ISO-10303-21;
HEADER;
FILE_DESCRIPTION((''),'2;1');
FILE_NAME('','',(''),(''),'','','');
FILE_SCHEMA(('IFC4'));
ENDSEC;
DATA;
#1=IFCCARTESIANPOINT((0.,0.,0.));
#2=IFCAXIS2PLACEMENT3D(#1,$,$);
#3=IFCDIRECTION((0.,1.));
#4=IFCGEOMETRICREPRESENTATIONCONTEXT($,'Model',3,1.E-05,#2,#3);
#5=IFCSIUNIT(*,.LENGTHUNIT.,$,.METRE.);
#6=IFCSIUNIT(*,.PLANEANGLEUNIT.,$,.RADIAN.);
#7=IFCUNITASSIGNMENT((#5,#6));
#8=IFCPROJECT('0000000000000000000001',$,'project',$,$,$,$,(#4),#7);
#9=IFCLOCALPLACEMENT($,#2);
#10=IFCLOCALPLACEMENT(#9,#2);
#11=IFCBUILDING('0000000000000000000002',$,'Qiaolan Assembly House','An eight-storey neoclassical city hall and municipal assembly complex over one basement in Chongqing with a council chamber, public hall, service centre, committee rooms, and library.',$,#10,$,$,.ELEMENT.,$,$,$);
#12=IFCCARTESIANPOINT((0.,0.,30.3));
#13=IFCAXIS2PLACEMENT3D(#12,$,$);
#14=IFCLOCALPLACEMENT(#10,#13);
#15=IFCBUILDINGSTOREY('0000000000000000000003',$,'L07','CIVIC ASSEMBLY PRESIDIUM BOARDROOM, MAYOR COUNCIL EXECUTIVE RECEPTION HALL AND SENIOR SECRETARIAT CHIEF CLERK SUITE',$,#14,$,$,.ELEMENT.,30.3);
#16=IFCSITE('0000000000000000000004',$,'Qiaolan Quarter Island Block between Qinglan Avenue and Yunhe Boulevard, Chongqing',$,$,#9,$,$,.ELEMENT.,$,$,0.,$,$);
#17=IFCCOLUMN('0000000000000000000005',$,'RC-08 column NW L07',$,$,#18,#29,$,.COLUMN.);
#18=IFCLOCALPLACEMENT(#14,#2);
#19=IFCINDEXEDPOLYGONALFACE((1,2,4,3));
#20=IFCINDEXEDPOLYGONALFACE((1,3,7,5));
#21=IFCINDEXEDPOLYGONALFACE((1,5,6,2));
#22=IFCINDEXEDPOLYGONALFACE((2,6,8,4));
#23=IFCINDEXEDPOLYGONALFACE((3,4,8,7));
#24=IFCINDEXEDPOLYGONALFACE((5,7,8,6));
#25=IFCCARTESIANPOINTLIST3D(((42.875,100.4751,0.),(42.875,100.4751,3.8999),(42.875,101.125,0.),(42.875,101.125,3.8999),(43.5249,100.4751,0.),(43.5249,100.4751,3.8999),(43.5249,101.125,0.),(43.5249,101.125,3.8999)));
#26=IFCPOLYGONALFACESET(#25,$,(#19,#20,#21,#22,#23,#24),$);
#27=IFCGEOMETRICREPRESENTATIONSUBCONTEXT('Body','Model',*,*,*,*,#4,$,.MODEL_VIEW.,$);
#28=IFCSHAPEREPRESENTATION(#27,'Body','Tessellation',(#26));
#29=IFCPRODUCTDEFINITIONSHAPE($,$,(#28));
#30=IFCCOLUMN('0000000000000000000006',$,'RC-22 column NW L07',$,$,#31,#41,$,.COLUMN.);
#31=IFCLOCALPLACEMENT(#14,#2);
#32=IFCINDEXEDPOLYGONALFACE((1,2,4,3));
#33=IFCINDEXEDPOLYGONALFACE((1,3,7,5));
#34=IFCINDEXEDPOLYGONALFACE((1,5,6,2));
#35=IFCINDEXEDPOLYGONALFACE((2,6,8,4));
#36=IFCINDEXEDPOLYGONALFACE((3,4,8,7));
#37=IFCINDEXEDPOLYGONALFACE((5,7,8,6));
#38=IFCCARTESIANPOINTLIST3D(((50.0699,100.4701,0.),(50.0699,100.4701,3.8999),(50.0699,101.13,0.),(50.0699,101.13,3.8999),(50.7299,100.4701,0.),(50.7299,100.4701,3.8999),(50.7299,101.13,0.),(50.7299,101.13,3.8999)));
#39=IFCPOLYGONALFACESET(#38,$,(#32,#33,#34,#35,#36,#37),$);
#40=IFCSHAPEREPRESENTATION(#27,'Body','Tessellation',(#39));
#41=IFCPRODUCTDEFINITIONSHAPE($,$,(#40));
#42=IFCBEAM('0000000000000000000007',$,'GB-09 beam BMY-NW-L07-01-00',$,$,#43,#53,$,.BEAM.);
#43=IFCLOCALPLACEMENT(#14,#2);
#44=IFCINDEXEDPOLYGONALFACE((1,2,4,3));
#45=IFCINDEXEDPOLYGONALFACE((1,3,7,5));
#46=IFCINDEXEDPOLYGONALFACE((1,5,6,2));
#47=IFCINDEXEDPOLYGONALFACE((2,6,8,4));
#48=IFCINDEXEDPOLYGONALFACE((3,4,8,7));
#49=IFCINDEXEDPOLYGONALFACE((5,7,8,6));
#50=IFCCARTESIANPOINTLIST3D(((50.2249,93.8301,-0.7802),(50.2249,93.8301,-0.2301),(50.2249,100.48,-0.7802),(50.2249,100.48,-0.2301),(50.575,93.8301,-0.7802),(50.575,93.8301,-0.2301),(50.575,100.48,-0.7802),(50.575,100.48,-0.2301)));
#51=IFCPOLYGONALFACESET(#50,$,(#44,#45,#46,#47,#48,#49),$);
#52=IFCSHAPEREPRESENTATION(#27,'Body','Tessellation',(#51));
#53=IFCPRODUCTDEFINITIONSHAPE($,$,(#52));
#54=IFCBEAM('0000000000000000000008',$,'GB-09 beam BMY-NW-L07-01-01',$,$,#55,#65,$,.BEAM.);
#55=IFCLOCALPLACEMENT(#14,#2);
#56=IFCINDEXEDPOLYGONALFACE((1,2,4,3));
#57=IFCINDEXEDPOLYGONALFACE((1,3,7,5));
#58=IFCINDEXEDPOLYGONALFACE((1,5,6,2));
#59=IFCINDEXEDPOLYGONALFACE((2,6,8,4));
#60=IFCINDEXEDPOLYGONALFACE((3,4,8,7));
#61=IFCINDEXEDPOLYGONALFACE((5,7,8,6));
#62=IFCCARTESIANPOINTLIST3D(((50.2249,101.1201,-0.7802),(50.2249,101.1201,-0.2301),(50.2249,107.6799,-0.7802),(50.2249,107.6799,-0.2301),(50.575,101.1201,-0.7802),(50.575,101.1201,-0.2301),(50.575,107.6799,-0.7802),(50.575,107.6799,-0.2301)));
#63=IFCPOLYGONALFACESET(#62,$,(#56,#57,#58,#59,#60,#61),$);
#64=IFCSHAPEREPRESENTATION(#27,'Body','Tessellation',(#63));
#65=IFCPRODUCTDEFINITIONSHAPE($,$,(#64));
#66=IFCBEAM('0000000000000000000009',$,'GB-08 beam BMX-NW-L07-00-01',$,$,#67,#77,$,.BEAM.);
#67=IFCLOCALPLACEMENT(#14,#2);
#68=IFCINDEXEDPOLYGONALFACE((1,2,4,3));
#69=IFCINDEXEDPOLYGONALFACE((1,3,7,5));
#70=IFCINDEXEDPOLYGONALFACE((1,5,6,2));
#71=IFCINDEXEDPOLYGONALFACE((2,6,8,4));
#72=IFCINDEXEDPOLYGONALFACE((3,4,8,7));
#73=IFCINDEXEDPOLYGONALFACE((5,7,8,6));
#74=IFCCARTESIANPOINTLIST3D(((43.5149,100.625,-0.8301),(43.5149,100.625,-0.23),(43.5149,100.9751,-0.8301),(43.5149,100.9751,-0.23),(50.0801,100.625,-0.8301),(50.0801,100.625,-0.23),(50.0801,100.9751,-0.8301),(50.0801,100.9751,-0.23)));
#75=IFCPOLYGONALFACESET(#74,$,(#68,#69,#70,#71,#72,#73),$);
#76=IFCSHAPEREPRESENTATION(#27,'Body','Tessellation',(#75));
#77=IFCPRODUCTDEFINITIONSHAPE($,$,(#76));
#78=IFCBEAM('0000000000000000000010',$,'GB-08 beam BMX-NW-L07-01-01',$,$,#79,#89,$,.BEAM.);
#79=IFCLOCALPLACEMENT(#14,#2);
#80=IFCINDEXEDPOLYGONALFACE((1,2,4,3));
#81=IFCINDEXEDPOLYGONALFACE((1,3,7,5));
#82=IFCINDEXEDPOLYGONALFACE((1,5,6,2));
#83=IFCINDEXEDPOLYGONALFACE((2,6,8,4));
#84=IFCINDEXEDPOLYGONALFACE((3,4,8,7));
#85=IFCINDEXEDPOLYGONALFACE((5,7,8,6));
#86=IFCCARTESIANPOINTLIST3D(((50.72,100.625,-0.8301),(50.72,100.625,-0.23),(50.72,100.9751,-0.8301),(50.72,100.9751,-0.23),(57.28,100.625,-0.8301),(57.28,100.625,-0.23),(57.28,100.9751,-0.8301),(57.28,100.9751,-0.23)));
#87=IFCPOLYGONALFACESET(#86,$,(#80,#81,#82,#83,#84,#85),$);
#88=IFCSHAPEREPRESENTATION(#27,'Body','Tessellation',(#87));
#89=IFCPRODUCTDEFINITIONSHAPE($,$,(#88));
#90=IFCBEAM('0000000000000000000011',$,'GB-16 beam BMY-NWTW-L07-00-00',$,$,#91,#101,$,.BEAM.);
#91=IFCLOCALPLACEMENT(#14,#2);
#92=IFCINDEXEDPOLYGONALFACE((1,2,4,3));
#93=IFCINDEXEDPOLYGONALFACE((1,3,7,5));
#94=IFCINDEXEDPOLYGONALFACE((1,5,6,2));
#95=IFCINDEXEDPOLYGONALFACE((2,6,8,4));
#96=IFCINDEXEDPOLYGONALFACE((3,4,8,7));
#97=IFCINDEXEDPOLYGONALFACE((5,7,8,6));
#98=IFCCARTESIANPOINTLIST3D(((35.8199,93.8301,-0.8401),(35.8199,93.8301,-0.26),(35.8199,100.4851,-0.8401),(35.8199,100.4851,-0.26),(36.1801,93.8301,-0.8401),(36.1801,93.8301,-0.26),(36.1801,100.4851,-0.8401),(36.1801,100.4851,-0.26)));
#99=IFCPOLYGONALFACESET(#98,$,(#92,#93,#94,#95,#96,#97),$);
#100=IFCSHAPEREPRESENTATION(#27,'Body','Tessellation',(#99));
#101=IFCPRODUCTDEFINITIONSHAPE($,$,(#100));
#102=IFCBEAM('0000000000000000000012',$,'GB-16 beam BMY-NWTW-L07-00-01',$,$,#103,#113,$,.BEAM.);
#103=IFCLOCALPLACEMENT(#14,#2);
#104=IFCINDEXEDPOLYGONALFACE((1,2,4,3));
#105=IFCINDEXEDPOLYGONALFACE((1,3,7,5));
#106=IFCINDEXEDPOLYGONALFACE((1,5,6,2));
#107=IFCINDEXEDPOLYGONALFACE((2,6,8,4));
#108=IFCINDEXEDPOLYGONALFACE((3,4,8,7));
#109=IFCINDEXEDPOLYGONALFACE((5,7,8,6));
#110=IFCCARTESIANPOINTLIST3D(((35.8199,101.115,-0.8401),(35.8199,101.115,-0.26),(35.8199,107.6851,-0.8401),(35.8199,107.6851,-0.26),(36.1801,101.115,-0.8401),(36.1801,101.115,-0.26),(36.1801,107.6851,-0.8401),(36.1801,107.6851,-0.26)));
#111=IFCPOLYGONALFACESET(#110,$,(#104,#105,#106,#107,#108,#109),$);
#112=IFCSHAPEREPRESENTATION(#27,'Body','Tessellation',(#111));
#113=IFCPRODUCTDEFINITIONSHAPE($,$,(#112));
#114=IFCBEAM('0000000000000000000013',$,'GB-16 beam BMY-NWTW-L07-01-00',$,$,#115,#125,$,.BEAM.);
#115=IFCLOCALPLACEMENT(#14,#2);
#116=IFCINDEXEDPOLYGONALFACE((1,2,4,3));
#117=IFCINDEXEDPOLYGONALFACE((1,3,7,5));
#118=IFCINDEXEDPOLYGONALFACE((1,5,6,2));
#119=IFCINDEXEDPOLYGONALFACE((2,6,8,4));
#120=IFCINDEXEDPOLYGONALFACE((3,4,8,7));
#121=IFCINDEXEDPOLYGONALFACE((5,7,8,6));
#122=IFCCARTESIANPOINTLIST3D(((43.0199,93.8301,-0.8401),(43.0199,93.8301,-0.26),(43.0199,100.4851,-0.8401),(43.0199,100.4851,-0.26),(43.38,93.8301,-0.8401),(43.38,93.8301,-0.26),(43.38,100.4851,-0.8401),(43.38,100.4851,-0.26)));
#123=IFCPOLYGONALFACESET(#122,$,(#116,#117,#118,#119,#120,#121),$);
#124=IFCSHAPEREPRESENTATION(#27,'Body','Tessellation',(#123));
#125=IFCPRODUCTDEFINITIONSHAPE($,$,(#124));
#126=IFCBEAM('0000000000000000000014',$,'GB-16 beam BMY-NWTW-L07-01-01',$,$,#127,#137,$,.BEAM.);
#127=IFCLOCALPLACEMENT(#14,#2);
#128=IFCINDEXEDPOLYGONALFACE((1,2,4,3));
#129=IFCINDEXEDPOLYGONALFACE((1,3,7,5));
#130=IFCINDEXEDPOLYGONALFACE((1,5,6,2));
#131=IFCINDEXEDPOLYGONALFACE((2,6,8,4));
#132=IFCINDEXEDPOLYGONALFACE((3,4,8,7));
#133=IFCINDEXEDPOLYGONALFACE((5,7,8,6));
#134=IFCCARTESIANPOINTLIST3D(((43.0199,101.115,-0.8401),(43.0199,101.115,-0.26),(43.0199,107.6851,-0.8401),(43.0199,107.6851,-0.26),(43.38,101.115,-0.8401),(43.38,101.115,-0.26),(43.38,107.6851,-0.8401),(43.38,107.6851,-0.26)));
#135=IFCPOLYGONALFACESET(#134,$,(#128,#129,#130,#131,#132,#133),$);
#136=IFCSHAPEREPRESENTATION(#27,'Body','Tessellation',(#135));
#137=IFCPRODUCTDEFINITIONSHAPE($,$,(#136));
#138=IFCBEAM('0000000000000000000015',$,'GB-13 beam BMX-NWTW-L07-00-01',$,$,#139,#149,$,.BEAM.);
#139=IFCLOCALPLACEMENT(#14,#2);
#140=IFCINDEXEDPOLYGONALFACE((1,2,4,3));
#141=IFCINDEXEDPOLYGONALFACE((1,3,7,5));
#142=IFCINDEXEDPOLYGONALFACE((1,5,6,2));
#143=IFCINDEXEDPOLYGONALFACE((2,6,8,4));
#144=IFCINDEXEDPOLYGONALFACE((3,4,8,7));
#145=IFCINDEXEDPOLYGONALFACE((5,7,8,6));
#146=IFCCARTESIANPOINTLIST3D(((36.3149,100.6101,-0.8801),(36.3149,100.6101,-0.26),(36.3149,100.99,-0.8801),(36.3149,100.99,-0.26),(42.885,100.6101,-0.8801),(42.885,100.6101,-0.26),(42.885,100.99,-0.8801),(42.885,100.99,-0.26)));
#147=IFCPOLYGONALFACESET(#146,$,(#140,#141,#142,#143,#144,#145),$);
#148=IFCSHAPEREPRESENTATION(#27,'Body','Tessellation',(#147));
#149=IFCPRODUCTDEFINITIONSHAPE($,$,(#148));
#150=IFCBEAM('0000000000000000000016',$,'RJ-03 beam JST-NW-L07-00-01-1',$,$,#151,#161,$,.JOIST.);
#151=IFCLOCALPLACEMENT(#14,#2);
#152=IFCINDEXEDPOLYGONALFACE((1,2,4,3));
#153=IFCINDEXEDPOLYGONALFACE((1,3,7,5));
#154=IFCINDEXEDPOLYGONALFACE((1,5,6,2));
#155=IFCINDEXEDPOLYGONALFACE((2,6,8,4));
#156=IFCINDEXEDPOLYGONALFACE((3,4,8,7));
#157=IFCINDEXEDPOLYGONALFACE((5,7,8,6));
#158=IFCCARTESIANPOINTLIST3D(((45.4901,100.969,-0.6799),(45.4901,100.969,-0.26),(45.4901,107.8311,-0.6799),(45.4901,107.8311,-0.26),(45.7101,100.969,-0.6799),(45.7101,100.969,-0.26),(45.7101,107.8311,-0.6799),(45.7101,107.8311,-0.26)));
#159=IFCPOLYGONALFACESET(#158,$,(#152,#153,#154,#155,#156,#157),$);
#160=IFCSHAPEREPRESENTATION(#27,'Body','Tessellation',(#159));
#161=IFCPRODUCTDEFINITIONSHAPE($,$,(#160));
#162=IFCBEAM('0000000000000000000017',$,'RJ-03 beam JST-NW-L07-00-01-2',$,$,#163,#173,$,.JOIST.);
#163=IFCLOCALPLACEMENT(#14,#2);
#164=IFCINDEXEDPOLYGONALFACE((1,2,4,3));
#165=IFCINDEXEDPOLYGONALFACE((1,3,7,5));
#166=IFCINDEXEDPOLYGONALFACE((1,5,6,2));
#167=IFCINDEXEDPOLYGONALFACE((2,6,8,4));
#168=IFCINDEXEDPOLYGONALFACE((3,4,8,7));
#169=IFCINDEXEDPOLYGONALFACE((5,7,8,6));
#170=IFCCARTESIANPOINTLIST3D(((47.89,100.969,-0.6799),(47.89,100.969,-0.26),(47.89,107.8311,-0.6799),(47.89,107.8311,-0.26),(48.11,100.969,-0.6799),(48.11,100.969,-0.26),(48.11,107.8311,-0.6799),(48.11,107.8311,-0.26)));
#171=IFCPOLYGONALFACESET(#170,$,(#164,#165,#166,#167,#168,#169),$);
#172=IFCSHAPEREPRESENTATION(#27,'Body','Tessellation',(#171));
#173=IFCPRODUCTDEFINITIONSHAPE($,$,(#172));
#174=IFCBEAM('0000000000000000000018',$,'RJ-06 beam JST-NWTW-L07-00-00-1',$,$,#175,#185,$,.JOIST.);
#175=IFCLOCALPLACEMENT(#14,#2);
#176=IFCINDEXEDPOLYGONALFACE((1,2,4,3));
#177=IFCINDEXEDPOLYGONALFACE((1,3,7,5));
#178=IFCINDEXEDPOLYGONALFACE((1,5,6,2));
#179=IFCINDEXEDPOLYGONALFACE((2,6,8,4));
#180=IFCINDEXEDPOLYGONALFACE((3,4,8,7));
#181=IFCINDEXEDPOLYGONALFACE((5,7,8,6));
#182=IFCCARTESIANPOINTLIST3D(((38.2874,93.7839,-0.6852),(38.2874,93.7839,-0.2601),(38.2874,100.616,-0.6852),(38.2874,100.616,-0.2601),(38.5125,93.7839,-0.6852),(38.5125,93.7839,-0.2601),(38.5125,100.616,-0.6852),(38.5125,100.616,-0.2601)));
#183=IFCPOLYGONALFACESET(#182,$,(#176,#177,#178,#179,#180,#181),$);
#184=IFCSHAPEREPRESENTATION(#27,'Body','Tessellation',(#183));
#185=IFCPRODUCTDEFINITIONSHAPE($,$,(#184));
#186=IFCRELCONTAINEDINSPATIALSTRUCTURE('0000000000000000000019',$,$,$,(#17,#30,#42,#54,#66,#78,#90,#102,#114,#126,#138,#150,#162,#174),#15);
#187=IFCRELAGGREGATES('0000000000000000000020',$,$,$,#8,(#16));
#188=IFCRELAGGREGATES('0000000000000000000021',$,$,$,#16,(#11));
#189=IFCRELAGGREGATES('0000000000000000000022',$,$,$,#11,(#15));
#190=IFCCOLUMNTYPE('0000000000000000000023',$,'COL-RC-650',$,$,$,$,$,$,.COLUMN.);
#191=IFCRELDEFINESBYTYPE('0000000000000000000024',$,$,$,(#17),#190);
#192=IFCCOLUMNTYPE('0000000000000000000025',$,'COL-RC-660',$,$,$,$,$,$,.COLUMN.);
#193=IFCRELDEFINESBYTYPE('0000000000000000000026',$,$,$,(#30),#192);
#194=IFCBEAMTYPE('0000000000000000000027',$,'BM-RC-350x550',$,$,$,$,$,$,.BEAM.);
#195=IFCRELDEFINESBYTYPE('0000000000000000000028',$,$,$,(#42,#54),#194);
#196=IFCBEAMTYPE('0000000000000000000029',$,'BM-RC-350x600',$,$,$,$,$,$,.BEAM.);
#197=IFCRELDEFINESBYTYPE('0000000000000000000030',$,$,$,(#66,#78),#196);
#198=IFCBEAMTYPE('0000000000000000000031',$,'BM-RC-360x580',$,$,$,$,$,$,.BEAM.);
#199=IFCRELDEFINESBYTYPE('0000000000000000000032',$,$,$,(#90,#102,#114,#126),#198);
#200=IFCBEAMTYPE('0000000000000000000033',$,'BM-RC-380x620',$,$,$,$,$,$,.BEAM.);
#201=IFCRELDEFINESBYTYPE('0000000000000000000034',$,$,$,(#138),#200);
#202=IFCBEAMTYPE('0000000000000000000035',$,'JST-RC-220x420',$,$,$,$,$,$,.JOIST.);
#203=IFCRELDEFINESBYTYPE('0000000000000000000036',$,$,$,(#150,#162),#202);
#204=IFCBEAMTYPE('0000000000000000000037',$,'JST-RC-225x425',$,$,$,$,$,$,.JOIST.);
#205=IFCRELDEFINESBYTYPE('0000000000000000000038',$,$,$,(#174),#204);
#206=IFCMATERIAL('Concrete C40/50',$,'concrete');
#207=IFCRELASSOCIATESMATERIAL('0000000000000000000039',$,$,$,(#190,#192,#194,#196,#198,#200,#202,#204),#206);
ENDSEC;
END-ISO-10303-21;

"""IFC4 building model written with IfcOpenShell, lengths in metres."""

from ifc_helpers import new_model, si_unit, direction, frame, origin, origin_2d, place, context, subcontext, project, spatial, rectangle, extrude, material, material_profile, profile_set, type_object, element, save


model = new_model("IFC4")

# Units and contexts
model_context = context("Model", 3, precision=1e-05, world=origin(), true_north=direction((0.0, 1.0)))
body_context = subcontext(model_context, "Body", "Model", "MODEL_VIEW")
ifc_project = project(units=[si_unit("LENGTHUNIT", "METRE"), si_unit("PLANEANGLEUNIT", "RADIAN")], contexts=[model_context])

# Site, building, storey
site_placement = place(None, origin())
site = spatial("IfcSite", under=ifc_project, at=site_placement, Name="Qiaolan Quarter Island Block between Qinglan Avenue and Yunhe Boulevard, Chongqing", CompositionType="ELEMENT", RefElevation=0.0)
building_placement = place(site_placement, origin())
building = spatial("IfcBuilding", under=site, at=building_placement, Name="Qiaolan Assembly House", Description="An eight-storey neoclassical city hall and municipal assembly complex over one basement in Chongqing with a council chamber, public hall, service centre, committee rooms, and library.", CompositionType="ELEMENT")
storey_placement = place(building_placement, frame((0.0, 0.0, 30.3)))
storey = spatial("IfcBuildingStorey", under=building, at=storey_placement, Name="L07", Description="CIVIC ASSEMBLY PRESIDIUM BOARDROOM, MAYOR COUNCIL EXECUTIVE RECEPTION HALL AND SENIOR SECRETARIAT CHIEF CLERK SUITE", CompositionType="ELEMENT", Elevation=30.3)

# Columns
ifc_material_1 = material(Name="Concrete C40/50", Category="concrete")
ifc_material_profile_1 = material_profile(ifc_material_1, rectangle(XDim=0.6499, YDim=0.6499, at=origin_2d()), Name="RC 650x650")
ifc_profile_set_1 = profile_set([ifc_material_profile_1], Name="Concrete C40/50")
column_type_1 = type_object("IfcColumnType", Name="COL-RC-650", PredefinedType="COLUMN", material=ifc_profile_set_1)
column_1_placement = place(storey_placement, frame((43.2, 100.8, 0.0), z_axis=(0.0, 0.0, 1.0), x_axis=(1.0, 0.0, 0.0)))
element("IfcColumn", 1, at=column_1_placement, inside=storey, type_object=column_type_1, Name="RC-08 column NW L07", PredefinedType="COLUMN", context=body_context, shape_type="SweptSolid", body=[
    extrude(rectangle(XDim=0.6499, YDim=0.6499, at=origin_2d()), origin(), (0.0, 0.0, 1.0), 3.8999),
])
ifc_material_profile_2 = material_profile(ifc_material_1, rectangle(XDim=0.6599, YDim=0.6599, at=origin_2d()), Name="RC 660x660")
ifc_profile_set_2 = profile_set([ifc_material_profile_2], Name="Concrete C40/50")
column_type_2 = type_object("IfcColumnType", Name="COL-RC-660", PredefinedType="COLUMN", material=ifc_profile_set_2)
column_2_placement = place(storey_placement, frame((50.3999, 100.8, 0.0), z_axis=(0.0, 0.0, 1.0), x_axis=(1.0, 0.0, 0.0)))
element("IfcColumn", 2, at=column_2_placement, inside=storey, type_object=column_type_2, Name="RC-22 column NW L07", PredefinedType="COLUMN", context=body_context, shape_type="SweptSolid", body=[
    extrude(rectangle(XDim=0.6599, YDim=0.6599, at=origin_2d()), origin(), (0.0, 0.0, 1.0), 3.8999),
])

# Beams
ifc_material_profile_3 = material_profile(ifc_material_1, rectangle(XDim=0.3501, YDim=0.55, at=origin_2d()), Name="RCB 350x550")
ifc_profile_set_3 = profile_set([ifc_material_profile_3], Name="Concrete C40/50")
beam_type_1 = type_object("IfcBeamType", Name="BM-RC-350x550", PredefinedType="BEAM", material=ifc_profile_set_3)
beam_1_placement = place(storey_placement, frame((50.3999, 93.8301, -0.5051), z_axis=(0.0, 1.0, 0.0), x_axis=(-1.0, 0.0, 0.0)))
element("IfcBeam", 3, at=beam_1_placement, inside=storey, type_object=beam_type_1, Name="GB-09 beam BMY-NW-L07-01-00", PredefinedType="BEAM", context=body_context, shape_type="SweptSolid", body=[
    extrude(rectangle(XDim=0.3501, YDim=0.55, at=origin_2d()), origin(), (0.0, 0.0, 1.0), 6.6499),
])
beam_2_placement = place(storey_placement, frame((50.3999, 101.1201, -0.5051), z_axis=(0.0, 1.0, 0.0), x_axis=(-1.0, 0.0, 0.0)))
element("IfcBeam", 4, at=beam_2_placement, inside=storey, type_object=beam_type_1, Name="GB-09 beam BMY-NW-L07-01-01", PredefinedType="BEAM", context=body_context, shape_type="SweptSolid", body=[
    extrude(rectangle(XDim=0.3501, YDim=0.55, at=origin_2d()), origin(), (0.0, 0.0, 1.0), 6.5598),
])
ifc_material_profile_4 = material_profile(ifc_material_1, rectangle(XDim=0.3501, YDim=0.6001, at=origin_2d()), Name="RCB 350x600")
ifc_profile_set_4 = profile_set([ifc_material_profile_4], Name="Concrete C40/50")
beam_type_2 = type_object("IfcBeamType", Name="BM-RC-350x600", PredefinedType="BEAM", material=ifc_profile_set_4)
beam_3_placement = place(storey_placement, frame((43.5149, 100.8, -0.53), z_axis=(1.0, 0.0, 0.0), x_axis=(0.0, 1.0, 0.0)))
element("IfcBeam", 5, at=beam_3_placement, inside=storey, type_object=beam_type_2, Name="GB-08 beam BMX-NW-L07-00-01", PredefinedType="BEAM", context=body_context, shape_type="SweptSolid", body=[
    extrude(rectangle(XDim=0.3501, YDim=0.6001, at=origin_2d()), origin(), (0.0, 0.0, 1.0), 6.5652),
])
beam_4_placement = place(storey_placement, frame((50.72, 100.8, -0.53), z_axis=(1.0, 0.0, 0.0), x_axis=(0.0, 1.0, 0.0)))
element("IfcBeam", 6, at=beam_4_placement, inside=storey, type_object=beam_type_2, Name="GB-08 beam BMX-NW-L07-01-01", PredefinedType="BEAM", context=body_context, shape_type="SweptSolid", body=[
    extrude(rectangle(XDim=0.3501, YDim=0.6001, at=origin_2d()), origin(), (0.0, 0.0, 1.0), 6.5601),
])
ifc_material_profile_5 = material_profile(ifc_material_1, rectangle(XDim=0.3601, YDim=0.5801, at=origin_2d()), Name="RCB 360x580")
ifc_profile_set_5 = profile_set([ifc_material_profile_5], Name="Concrete C40/50")
beam_type_3 = type_object("IfcBeamType", Name="BM-RC-360x580", PredefinedType="BEAM", material=ifc_profile_set_5)
beam_5_placement = place(storey_placement, frame((36.0, 93.8301, -0.55), z_axis=(0.0, 1.0, 0.0), x_axis=(-1.0, 0.0, 0.0)))
element("IfcBeam", 7, at=beam_5_placement, inside=storey, type_object=beam_type_3, Name="GB-16 beam BMY-NWTW-L07-00-00", PredefinedType="BEAM", context=body_context, shape_type="SweptSolid", body=[
    extrude(rectangle(XDim=0.3601, YDim=0.5801, at=origin_2d()), origin(), (0.0, 0.0, 1.0), 6.655),
])
beam_6_placement = place(storey_placement, frame((36.0, 101.115, -0.55), z_axis=(0.0, 1.0, 0.0), x_axis=(-1.0, 0.0, 0.0)))
element("IfcBeam", 8, at=beam_6_placement, inside=storey, type_object=beam_type_3, Name="GB-16 beam BMY-NWTW-L07-00-01", PredefinedType="BEAM", context=body_context, shape_type="SweptSolid", body=[
    extrude(rectangle(XDim=0.3601, YDim=0.5801, at=origin_2d()), origin(), (0.0, 0.0, 1.0), 6.5701),
])
beam_7_placement = place(storey_placement, frame((43.2, 93.8301, -0.55), z_axis=(0.0, 1.0, 0.0), x_axis=(-1.0, 0.0, 0.0)))
element("IfcBeam", 9, at=beam_7_placement, inside=storey, type_object=beam_type_3, Name="GB-16 beam BMY-NWTW-L07-01-00", PredefinedType="BEAM", context=body_context, shape_type="SweptSolid", body=[
    extrude(rectangle(XDim=0.3601, YDim=0.5801, at=origin_2d()), origin(), (0.0, 0.0, 1.0), 6.655),
])
beam_8_placement = place(storey_placement, frame((43.2, 101.115, -0.55), z_axis=(0.0, 1.0, 0.0), x_axis=(-1.0, 0.0, 0.0)))
element("IfcBeam", 10, at=beam_8_placement, inside=storey, type_object=beam_type_3, Name="GB-16 beam BMY-NWTW-L07-01-01", PredefinedType="BEAM", context=body_context, shape_type="SweptSolid", body=[
    extrude(rectangle(XDim=0.3601, YDim=0.5801, at=origin_2d()), origin(), (0.0, 0.0, 1.0), 6.5701),
])
ifc_material_profile_6 = material_profile(ifc_material_1, rectangle(XDim=0.3799, YDim=0.6201, at=origin_2d()), Name="RCB 380x620")
ifc_profile_set_6 = profile_set([ifc_material_profile_6], Name="Concrete C40/50")
beam_type_4 = type_object("IfcBeamType", Name="BM-RC-380x620", PredefinedType="BEAM", material=ifc_profile_set_6)
beam_9_placement = place(storey_placement, frame((36.3149, 100.8, -0.5701), z_axis=(1.0, 0.0, 0.0), x_axis=(0.0, 1.0, 0.0)))
element("IfcBeam", 11, at=beam_9_placement, inside=storey, type_object=beam_type_4, Name="GB-13 beam BMX-NWTW-L07-00-01", PredefinedType="BEAM", context=body_context, shape_type="SweptSolid", body=[
    extrude(rectangle(XDim=0.3799, YDim=0.6201, at=origin_2d()), origin(), (0.0, 0.0, 1.0), 6.5701),
])
ifc_material_profile_7 = material_profile(ifc_material_1, rectangle(XDim=0.22, YDim=0.4199, at=origin_2d()), Name="RCB 220x420")
ifc_profile_set_7 = profile_set([ifc_material_profile_7], Name="Concrete C40/50")
beam_type_5 = type_object("IfcBeamType", Name="JST-RC-220x420", PredefinedType="JOIST", material=ifc_profile_set_7)
for number, where, z_axis, x_axis, name in (
    (12, (45.6001, 100.969, -0.47), (0.0, 1.0, 0.0), (-1.0, 0.0, 0.0), "RJ-03 beam JST-NW-L07-00-01-1"),
    (13, (48.0, 100.969, -0.47), (0.0, 1.0, 0.0), (-1.0, 0.0, 0.0), "RJ-03 beam JST-NW-L07-00-01-2"),
):
    element("IfcBeam", number, at=place(storey_placement, frame(where, z_axis=z_axis, x_axis=x_axis)), inside=storey, type_object=beam_type_5, Name=name, PredefinedType="JOIST", context=body_context, shape_type="SweptSolid", body=[
        extrude(rectangle(XDim=0.22, YDim=0.4199, at=origin_2d()), origin(), (0.0, 0.0, 1.0), 6.8621),
    ])
ifc_material_profile_8 = material_profile(ifc_material_1, rectangle(XDim=0.2251, YDim=0.425, at=origin_2d()), Name="RCB 225x425")
ifc_profile_set_8 = profile_set([ifc_material_profile_8], Name="Concrete C40/50")
beam_type_6 = type_object("IfcBeamType", Name="JST-RC-225x425", PredefinedType="JOIST", material=ifc_profile_set_8)
for number, where, z_axis, x_axis, name in (
    (14, (38.3999, 93.7839, -0.4727), (0.0, 1.0, 0.0), (-1.0, 0.0, 0.0), "RJ-06 beam JST-NWTW-L07-00-00-1"),
):
    element("IfcBeam", number, at=place(storey_placement, frame(where, z_axis=z_axis, x_axis=x_axis)), inside=storey, type_object=beam_type_6, Name=name, PredefinedType="JOIST", context=body_context, shape_type="SweptSolid", body=[
        extrude(rectangle(XDim=0.2251, YDim=0.425, at=origin_2d()), origin(), (0.0, 0.0, 1.0), 6.832),
    ])

save(model, "model.ifc")
